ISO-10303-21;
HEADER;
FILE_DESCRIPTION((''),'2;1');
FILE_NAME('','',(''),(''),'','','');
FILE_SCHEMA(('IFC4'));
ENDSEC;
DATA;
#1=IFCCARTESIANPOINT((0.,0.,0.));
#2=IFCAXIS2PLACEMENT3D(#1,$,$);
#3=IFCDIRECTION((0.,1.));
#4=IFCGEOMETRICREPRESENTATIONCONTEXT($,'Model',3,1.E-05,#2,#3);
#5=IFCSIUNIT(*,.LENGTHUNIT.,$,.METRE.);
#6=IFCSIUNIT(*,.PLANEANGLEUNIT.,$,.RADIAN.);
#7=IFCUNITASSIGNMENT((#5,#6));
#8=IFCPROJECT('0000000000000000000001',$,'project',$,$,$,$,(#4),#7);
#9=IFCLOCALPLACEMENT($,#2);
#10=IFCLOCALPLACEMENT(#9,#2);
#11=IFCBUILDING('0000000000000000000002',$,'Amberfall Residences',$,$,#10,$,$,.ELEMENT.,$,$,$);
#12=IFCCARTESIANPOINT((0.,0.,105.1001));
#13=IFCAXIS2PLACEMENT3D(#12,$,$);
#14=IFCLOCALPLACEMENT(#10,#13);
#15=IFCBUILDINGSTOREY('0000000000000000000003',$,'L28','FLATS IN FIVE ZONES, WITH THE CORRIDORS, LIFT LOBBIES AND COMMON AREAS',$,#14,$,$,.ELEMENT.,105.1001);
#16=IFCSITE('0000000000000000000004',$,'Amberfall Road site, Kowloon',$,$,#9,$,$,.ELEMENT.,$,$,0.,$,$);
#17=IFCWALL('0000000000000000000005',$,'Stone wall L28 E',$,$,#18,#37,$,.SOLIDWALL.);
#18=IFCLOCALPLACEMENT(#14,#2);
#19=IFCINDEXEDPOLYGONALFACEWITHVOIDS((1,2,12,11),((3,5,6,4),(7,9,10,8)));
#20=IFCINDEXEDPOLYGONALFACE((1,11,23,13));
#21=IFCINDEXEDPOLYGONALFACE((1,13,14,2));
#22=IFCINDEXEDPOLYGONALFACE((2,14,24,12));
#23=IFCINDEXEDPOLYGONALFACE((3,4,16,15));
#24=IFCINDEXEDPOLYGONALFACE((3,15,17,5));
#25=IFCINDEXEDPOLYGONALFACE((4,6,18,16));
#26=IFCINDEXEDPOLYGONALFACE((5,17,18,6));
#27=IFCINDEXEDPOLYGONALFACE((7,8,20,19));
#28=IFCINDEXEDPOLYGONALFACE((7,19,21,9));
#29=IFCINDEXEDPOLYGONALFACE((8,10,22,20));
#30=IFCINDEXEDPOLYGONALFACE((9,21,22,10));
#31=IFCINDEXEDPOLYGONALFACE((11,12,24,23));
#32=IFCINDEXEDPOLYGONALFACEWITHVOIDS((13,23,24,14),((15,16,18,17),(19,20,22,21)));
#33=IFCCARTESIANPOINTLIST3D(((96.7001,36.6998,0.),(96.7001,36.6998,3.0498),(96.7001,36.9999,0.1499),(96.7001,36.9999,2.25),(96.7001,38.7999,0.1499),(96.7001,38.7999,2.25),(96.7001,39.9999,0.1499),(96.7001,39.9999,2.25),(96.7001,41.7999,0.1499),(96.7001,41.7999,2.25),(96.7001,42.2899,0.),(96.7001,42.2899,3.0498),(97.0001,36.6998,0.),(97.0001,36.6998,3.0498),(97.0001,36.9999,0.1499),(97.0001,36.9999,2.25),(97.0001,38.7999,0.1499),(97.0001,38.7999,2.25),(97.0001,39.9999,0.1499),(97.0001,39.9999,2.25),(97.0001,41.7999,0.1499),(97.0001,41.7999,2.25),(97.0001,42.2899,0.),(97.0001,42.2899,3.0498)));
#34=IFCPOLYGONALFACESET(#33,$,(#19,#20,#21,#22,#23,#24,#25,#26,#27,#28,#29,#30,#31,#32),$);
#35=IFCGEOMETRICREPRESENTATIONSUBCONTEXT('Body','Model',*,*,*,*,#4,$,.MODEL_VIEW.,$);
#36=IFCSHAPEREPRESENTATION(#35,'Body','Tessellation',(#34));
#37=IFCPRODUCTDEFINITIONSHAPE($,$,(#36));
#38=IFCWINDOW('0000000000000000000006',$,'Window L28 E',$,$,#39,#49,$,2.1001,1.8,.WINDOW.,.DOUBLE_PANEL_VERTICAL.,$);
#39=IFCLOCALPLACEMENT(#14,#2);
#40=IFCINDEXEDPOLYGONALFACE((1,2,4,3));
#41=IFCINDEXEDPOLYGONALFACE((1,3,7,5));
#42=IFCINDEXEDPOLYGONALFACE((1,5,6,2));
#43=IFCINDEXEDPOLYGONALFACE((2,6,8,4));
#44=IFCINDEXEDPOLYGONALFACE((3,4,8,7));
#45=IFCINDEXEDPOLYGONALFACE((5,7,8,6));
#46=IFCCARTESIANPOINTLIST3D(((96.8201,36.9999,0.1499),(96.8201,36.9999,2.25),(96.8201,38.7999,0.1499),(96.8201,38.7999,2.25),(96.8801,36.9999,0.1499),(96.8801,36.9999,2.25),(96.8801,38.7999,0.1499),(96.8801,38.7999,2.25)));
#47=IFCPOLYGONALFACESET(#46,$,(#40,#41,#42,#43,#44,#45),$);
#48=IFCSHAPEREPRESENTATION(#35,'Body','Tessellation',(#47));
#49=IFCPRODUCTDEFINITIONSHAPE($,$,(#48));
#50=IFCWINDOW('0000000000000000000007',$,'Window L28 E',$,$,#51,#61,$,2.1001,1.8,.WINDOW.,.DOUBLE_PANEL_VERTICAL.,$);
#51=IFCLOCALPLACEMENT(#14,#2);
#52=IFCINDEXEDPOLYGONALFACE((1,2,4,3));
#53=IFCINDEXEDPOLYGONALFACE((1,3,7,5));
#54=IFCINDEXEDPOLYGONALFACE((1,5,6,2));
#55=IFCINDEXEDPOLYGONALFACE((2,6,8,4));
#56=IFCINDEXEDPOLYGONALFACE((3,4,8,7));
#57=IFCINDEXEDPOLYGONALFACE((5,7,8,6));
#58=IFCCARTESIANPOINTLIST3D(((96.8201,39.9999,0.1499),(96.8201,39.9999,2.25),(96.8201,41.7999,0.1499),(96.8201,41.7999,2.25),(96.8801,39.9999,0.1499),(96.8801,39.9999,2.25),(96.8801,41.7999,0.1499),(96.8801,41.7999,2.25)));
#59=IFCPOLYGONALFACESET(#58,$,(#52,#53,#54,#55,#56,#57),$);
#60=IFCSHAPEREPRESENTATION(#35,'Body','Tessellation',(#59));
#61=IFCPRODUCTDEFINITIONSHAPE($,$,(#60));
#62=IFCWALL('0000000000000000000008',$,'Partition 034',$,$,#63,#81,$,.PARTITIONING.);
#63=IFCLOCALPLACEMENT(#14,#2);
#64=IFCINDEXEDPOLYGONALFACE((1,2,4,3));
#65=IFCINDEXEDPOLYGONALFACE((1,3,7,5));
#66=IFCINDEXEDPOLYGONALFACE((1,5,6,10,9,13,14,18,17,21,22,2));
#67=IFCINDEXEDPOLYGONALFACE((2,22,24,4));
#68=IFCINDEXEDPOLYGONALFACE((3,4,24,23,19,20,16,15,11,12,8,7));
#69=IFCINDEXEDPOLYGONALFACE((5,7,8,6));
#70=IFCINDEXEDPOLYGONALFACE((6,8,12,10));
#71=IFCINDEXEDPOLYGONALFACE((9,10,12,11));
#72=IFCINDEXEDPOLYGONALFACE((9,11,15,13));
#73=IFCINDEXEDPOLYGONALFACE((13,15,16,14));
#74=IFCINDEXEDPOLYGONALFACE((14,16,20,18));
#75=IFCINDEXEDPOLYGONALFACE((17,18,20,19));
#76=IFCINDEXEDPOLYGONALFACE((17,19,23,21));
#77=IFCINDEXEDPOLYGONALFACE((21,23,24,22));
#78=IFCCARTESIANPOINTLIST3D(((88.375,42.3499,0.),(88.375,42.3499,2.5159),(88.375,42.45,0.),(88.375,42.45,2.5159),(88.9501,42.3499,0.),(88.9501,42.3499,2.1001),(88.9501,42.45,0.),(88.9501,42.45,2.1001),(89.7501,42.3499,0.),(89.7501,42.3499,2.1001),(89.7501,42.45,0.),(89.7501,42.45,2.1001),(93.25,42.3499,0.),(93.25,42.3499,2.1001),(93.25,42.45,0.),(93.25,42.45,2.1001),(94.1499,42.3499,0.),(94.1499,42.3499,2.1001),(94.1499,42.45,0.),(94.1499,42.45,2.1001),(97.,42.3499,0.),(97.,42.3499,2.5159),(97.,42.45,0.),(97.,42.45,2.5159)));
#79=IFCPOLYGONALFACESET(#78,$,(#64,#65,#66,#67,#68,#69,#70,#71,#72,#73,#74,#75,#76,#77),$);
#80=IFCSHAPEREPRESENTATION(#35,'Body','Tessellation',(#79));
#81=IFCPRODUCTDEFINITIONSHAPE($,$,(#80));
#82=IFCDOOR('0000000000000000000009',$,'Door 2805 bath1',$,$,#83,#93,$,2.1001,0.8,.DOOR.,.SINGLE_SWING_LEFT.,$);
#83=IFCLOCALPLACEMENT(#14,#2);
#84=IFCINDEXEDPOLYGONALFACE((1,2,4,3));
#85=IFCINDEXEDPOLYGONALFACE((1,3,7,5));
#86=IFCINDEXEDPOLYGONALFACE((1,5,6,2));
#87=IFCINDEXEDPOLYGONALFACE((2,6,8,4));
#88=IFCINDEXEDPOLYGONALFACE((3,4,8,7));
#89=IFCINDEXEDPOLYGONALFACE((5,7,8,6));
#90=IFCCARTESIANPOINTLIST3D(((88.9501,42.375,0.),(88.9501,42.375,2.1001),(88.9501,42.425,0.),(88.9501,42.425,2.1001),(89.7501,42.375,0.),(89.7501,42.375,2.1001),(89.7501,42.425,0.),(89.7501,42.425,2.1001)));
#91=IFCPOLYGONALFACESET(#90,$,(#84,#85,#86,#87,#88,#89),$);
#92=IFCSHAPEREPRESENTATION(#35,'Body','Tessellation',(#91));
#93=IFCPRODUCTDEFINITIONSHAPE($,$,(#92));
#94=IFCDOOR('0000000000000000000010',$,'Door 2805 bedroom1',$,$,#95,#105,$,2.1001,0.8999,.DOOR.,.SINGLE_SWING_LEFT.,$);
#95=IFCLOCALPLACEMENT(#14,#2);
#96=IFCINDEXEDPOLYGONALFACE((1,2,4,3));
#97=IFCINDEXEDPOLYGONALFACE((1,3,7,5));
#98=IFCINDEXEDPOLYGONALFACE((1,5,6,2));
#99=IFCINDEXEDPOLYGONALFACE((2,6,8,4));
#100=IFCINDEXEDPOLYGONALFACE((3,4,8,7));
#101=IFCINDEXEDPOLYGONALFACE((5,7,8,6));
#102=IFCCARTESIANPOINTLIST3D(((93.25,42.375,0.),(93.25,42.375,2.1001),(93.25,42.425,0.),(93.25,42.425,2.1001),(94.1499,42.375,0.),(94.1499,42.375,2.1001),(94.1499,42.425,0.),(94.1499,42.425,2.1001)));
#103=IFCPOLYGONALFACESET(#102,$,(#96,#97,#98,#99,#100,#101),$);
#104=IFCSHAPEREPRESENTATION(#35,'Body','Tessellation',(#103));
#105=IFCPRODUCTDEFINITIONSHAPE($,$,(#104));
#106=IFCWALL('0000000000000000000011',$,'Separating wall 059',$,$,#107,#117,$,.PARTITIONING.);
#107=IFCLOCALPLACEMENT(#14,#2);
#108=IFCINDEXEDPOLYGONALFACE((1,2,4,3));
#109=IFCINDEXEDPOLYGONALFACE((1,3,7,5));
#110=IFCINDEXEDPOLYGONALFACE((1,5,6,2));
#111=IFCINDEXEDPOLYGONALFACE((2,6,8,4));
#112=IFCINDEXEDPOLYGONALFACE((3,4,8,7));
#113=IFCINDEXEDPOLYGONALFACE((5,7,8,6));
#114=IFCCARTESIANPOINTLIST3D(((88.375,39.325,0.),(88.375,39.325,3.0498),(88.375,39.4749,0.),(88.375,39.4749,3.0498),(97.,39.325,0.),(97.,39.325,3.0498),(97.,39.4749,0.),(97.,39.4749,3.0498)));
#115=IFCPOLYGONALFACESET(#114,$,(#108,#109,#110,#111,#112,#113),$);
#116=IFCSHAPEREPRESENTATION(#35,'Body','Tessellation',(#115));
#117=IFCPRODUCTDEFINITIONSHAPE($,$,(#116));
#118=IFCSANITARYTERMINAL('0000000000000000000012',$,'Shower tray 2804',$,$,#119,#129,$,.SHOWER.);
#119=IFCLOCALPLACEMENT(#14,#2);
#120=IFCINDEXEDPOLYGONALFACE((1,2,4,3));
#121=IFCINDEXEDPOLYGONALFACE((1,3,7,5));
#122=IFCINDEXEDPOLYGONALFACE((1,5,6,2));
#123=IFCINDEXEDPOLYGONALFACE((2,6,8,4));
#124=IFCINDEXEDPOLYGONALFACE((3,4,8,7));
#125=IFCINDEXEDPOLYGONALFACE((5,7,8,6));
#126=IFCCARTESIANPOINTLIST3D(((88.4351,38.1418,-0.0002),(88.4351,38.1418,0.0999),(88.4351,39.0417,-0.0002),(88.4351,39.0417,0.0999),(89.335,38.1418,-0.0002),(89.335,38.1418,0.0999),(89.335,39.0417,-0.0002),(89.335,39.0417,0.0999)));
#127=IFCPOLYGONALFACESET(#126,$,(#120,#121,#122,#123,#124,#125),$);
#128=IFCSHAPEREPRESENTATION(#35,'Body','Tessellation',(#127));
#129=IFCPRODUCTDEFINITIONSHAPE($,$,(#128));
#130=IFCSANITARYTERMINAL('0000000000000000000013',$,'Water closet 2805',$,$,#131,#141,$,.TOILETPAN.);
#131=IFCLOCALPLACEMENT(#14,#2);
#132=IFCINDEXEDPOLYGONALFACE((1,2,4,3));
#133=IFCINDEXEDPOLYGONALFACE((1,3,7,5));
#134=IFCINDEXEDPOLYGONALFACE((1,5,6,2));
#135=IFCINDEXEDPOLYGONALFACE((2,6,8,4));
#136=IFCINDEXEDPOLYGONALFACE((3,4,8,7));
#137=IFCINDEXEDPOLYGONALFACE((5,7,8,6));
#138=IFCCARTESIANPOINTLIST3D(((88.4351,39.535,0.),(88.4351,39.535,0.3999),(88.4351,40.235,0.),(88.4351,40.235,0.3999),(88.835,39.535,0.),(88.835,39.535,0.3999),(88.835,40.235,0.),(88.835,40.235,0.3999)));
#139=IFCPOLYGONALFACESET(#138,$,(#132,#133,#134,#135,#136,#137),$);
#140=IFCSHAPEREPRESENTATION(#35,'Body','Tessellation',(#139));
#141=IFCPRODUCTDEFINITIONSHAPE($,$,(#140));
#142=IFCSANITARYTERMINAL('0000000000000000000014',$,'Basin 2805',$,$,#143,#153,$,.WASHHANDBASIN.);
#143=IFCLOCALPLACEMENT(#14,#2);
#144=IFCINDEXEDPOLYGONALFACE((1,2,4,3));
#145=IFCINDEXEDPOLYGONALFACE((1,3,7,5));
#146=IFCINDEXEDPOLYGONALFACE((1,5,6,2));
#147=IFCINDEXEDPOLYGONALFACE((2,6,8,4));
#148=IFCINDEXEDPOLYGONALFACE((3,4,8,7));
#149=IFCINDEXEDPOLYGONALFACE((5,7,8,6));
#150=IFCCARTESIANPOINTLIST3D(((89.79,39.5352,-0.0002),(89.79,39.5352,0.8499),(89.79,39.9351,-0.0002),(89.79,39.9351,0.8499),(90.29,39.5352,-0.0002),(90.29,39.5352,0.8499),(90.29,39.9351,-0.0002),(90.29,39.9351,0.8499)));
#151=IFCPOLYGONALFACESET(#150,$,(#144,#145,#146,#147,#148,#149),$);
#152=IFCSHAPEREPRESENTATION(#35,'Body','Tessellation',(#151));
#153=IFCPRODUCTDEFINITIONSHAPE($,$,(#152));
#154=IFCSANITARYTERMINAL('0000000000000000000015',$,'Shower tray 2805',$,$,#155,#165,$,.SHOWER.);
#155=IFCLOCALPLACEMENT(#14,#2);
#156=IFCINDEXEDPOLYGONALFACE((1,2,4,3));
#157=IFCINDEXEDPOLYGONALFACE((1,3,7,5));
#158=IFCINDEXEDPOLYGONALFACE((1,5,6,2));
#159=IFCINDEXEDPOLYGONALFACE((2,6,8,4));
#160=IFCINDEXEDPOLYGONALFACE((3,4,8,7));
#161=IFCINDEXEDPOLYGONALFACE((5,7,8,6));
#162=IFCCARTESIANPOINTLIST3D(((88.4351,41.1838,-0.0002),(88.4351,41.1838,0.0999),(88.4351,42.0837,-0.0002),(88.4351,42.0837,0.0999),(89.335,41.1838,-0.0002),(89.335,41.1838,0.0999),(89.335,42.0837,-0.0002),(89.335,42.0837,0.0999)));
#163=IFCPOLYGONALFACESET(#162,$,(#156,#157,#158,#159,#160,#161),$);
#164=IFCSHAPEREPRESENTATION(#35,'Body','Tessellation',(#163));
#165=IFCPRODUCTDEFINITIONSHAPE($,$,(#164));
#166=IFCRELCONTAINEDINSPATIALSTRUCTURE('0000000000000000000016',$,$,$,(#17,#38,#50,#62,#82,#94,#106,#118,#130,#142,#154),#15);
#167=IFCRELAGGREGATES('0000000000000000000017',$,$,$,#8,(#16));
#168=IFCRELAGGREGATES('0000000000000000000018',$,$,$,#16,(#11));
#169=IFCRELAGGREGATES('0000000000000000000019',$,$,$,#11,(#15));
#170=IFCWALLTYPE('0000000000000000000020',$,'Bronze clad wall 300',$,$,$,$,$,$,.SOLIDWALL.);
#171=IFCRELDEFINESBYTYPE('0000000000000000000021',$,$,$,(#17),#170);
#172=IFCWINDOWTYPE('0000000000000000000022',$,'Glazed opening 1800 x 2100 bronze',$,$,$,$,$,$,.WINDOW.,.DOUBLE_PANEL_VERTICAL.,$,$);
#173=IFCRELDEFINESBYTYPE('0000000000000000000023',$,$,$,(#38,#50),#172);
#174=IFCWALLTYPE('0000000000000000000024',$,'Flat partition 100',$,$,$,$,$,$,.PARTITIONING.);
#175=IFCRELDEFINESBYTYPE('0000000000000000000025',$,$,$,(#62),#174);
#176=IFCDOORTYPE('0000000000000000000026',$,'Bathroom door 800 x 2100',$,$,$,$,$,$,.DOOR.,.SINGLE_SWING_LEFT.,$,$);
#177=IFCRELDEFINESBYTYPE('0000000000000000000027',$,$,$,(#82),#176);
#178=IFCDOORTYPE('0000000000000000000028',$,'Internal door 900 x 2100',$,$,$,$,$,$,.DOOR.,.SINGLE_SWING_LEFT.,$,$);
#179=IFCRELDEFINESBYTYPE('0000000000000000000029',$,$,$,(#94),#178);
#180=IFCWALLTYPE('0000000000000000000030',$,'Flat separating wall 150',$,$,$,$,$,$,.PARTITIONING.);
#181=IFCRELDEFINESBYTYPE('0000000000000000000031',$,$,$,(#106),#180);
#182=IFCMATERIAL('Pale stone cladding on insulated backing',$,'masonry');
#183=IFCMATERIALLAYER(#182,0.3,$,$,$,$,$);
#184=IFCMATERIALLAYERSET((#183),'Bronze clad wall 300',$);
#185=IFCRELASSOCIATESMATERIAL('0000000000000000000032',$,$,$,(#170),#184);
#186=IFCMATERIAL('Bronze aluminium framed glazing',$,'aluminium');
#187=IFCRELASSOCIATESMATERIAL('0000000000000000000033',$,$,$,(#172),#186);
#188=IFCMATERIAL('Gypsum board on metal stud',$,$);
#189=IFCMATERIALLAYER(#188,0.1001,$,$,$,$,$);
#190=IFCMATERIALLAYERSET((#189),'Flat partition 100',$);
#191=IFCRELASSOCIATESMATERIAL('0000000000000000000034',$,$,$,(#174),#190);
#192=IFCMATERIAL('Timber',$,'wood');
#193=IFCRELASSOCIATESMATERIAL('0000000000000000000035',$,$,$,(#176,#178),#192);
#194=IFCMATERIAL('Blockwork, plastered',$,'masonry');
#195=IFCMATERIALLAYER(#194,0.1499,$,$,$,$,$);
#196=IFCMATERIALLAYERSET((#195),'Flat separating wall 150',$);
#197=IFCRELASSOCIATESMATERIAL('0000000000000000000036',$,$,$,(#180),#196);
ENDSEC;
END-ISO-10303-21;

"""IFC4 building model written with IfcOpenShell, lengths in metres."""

from ifc_helpers import new_model, si_unit, direction, frame, frame_2d, origin, origin_2d, place, context, subcontext, project, spatial, rectangle, extrude, material, layer, layer_set, type_object, element, fill, save


model = new_model("IFC4")

# Units and contexts
model_context = context("Model", 3, precision=1e-05, world=origin(), true_north=direction((0.0, 1.0)))
body_context = subcontext(model_context, "Body", "Model", "MODEL_VIEW")
ifc_project = project(units=[si_unit("LENGTHUNIT", "METRE"), si_unit("PLANEANGLEUNIT", "RADIAN")], contexts=[model_context])

# Site, building, storey
site_placement = place(None, origin())
site = spatial("IfcSite", under=ifc_project, at=site_placement, Name="Amberfall Road site, Kowloon", CompositionType="ELEMENT", RefElevation=0.0)
building_placement = place(site_placement, origin())
building = spatial("IfcBuilding", under=site, at=building_placement, Name="Amberfall Residences", CompositionType="ELEMENT")
storey_placement = place(building_placement, frame((0.0, 0.0, 105.1001)))
storey = spatial("IfcBuildingStorey", under=building, at=storey_placement, Name="L28", Description="FLATS IN FIVE ZONES, WITH THE CORRIDORS, LIFT LOBBIES AND COMMON AREAS", CompositionType="ELEMENT", Elevation=105.1001)

# Shared definitions
ifc_material_1 = material(Name="Pale stone cladding on insulated backing", Category="masonry")
ifc_layer_1 = layer(ifc_material_1, 0.3)
ifc_layer_set_1 = layer_set([ifc_layer_1], Name="Bronze clad wall 300")
wall_type_1 = type_object("IfcWallType", Name="Bronze clad wall 300", PredefinedType="SOLIDWALL", material=ifc_layer_set_1)
ifc_material_2 = material(Name="Bronze aluminium framed glazing", Category="aluminium")

# Wall, openings, windows
wall_1_placement = place(storey_placement, frame((96.8501, 36.7, 0.0), z_axis=(0.0, 0.0, 1.0), x_axis=(0.0, 1.0, 0.0)))
wall_1 = element("IfcWall", 1, at=wall_1_placement, inside=storey, type_object=wall_type_1, Name="Stone wall L28 E", PredefinedType="SOLIDWALL", context=body_context, shape_type="SweptSolid", body=[
    extrude(rectangle(XDim=5.5901, YDim=0.3, at=frame_2d((2.7949, 0.0))), origin(), (0.0, 0.0, 1.0), 3.0498),
])
opening_1_placement = place(wall_1_placement, frame((0.3, 0.0, 0.1499)))
opening_1 = element("IfcOpeningElement", 2, at=opening_1_placement, cuts=wall_1, PredefinedType="OPENING", context=body_context, shape_type="SweptSolid", body=[
    extrude(rectangle(XDim=1.8, YDim=2.1001, at=frame_2d((0.8999, 1.05))), frame((0.0, 0.1599, 0.0), z_axis=(0.0, -1.0, 0.0), x_axis=(1.0, 0.0, 0.0)), (0.0, 0.0, 1.0), 0.3201),
])
opening_2_placement = place(wall_1_placement, frame((3.3, 0.0, 0.1499)))
opening_2 = element("IfcOpeningElement", 3, at=opening_2_placement, cuts=wall_1, PredefinedType="OPENING", context=body_context, shape_type="SweptSolid", body=[
    extrude(rectangle(XDim=1.8, YDim=2.1001, at=frame_2d((0.8999, 1.05))), frame((0.0, 0.1599, 0.0), z_axis=(0.0, -1.0, 0.0), x_axis=(1.0, 0.0, 0.0)), (0.0, 0.0, 1.0), 0.3201),
])
window_type_1 = type_object("IfcWindowType", Name="Glazed opening 1800 x 2100 bronze", PartitioningType="DOUBLE_PANEL_VERTICAL", PredefinedType="WINDOW", material=ifc_material_2)
window_1_placement = place(opening_1_placement, origin())
window_1 = element("IfcWindow", 4, at=window_1_placement, inside=storey, type_object=window_type_1, Name="Window L28 E", OverallHeight=2.1001, OverallWidth=1.8, PartitioningType="DOUBLE_PANEL_VERTICAL", PredefinedType="WINDOW", context=body_context, shape_type="SweptSolid", body=[
    extrude(rectangle(XDim=1.8, YDim=2.1001, at=frame_2d((0.8999, 1.05))), frame((0.0, 0.03, 0.0), z_axis=(0.0, -1.0, 0.0), x_axis=(1.0, 0.0, 0.0)), (0.0, 0.0, 1.0), 0.0601),
])
fill(opening_1, window_1)
window_2_placement = place(opening_2_placement, origin())
window_2 = element("IfcWindow", 5, at=window_2_placement, inside=storey, type_object=window_type_1, Name="Window L28 E", OverallHeight=2.1001, OverallWidth=1.8, PartitioningType="DOUBLE_PANEL_VERTICAL", PredefinedType="WINDOW", context=body_context, shape_type="SweptSolid", body=[
    extrude(rectangle(XDim=1.8, YDim=2.1001, at=frame_2d((0.8999, 1.05))), frame((0.0, 0.03, 0.0), z_axis=(0.0, -1.0, 0.0), x_axis=(1.0, 0.0, 0.0)), (0.0, 0.0, 1.0), 0.0601),
])
fill(opening_2, window_2)

# Wall, openings, doors
ifc_material_3 = material(Name="Gypsum board on metal stud")
ifc_layer_2 = layer(ifc_material_3, 0.1001)
ifc_layer_set_2 = layer_set([ifc_layer_2], Name="Flat partition 100")
wall_type_2 = type_object("IfcWallType", Name="Flat partition 100", PredefinedType="PARTITIONING", material=ifc_layer_set_2)
wall_2_placement = place(storey_placement, frame((97.0, 42.3999, 0.0), z_axis=(0.0, 0.0, 1.0), x_axis=(-1.0, 0.0, 0.0)))
wall_2 = element("IfcWall", 6, at=wall_2_placement, inside=storey, type_object=wall_type_2, Name="Partition 034", PredefinedType="PARTITIONING", context=body_context, shape_type="SweptSolid", body=[
    extrude(rectangle(XDim=8.625, YDim=0.1001, at=frame_2d((4.3125, 0.0))), origin(), (0.0, 0.0, 1.0), 2.5159),
])
opening_3_placement = place(wall_2_placement, frame((2.8501, 0.0, 0.0)))
opening_3 = element("IfcOpeningElement", 7, at=opening_3_placement, cuts=wall_2, PredefinedType="OPENING", context=body_context, shape_type="SweptSolid", body=[
    extrude(rectangle(XDim=0.8999, YDim=2.1001, at=frame_2d((0.45, 1.05))), frame((0.0, 0.0601, 0.0), z_axis=(0.0, -1.0, 0.0), x_axis=(1.0, 0.0, 0.0)), (0.0, 0.0, 1.0), 0.1201),
])
opening_4_placement = place(wall_2_placement, frame((7.25, 0.0, 0.0)))
opening_4 = element("IfcOpeningElement", 8, at=opening_4_placement, cuts=wall_2, PredefinedType="OPENING", context=body_context, shape_type="SweptSolid", body=[
    extrude(rectangle(XDim=0.8, YDim=2.1001, at=frame_2d((0.3999, 1.05))), frame((0.0, 0.0601, 0.0), z_axis=(0.0, -1.0, 0.0), x_axis=(1.0, 0.0, 0.0)), (0.0, 0.0, 1.0), 0.1201),
])
ifc_material_4 = material(Name="Timber", Category="wood")
door_type_1 = type_object("IfcDoorType", Name="Bathroom door 800 x 2100", OperationType="SINGLE_SWING_LEFT", PredefinedType="DOOR", material=ifc_material_4)
door_1_placement = place(opening_4_placement, origin())
door_1 = element("IfcDoor", 9, at=door_1_placement, inside=storey, type_object=door_type_1, Name="Door 2805 bath1", OperationType="SINGLE_SWING_LEFT", OverallHeight=2.1001, OverallWidth=0.8, PredefinedType="DOOR", context=body_context, shape_type="SweptSolid", body=[
    extrude(rectangle(XDim=0.8, YDim=2.1001, at=frame_2d((0.3999, 1.05))), frame((0.0, 0.0249, 0.0), z_axis=(0.0, -1.0, 0.0), x_axis=(1.0, 0.0, 0.0)), (0.0, 0.0, 1.0), 0.05),
])
fill(opening_4, door_1)
door_type_2 = type_object("IfcDoorType", Name="Internal door 900 x 2100", OperationType="SINGLE_SWING_LEFT", PredefinedType="DOOR", material=ifc_material_4)
door_2_placement = place(opening_3_placement, origin())
door_2 = element("IfcDoor", 10, at=door_2_placement, inside=storey, type_object=door_type_2, Name="Door 2805 bedroom1", OperationType="SINGLE_SWING_LEFT", OverallHeight=2.1001, OverallWidth=0.8999, PredefinedType="DOOR", context=body_context, shape_type="SweptSolid", body=[
    extrude(rectangle(XDim=0.8999, YDim=2.1001, at=frame_2d((0.45, 1.05))), frame((0.0, 0.0249, 0.0), z_axis=(0.0, -1.0, 0.0), x_axis=(1.0, 0.0, 0.0)), (0.0, 0.0, 1.0), 0.05),
])
fill(opening_3, door_2)

# Wall
ifc_material_5 = material(Name="Blockwork, plastered", Category="masonry")
ifc_layer_3 = layer(ifc_material_5, 0.1499)
ifc_layer_set_3 = layer_set([ifc_layer_3], Name="Flat separating wall 150")
wall_type_3 = type_object("IfcWallType", Name="Flat separating wall 150", PredefinedType="PARTITIONING", material=ifc_layer_set_3)
wall_3_placement = place(storey_placement, frame((88.375, 39.3999, 0.0), z_axis=(0.0, 0.0, 1.0), x_axis=(1.0, 0.0, 0.0)))
element("IfcWall", 11, at=wall_3_placement, inside=storey, type_object=wall_type_3, Name="Separating wall 059", PredefinedType="PARTITIONING", context=body_context, shape_type="SweptSolid", body=[
    extrude(rectangle(XDim=8.625, YDim=0.1499, at=frame_2d((4.3125, 0.0))), origin(), (0.0, 0.0, 1.0), 3.0498),
])

# Sanitary terminals
sanitary_terminal_1_placement = place(storey_placement, frame((88.885, 38.5918, -0.0002), z_axis=(0.0, 0.0, 1.0), x_axis=(1.0, 0.0, 0.0)))
element("IfcSanitaryTerminal", 12, at=sanitary_terminal_1_placement, inside=storey, Name="Shower tray 2804", PredefinedType="SHOWER", context=body_context, shape_type="SweptSolid", body=[
    extrude(rectangle(XDim=0.8999, YDim=0.8999, at=origin_2d()), origin(), (0.0, 0.0, 1.0), 0.1001),
])
sanitary_terminal_2_placement = place(storey_placement, frame((88.635, 39.885, 0.0), z_axis=(0.0, 0.0, 1.0), x_axis=(1.0, 0.0, 0.0)))
element("IfcSanitaryTerminal", 13, at=sanitary_terminal_2_placement, inside=storey, Name="Water closet 2805", PredefinedType="TOILETPAN", context=body_context, shape_type="SweptSolid", body=[
    extrude(rectangle(XDim=0.3999, YDim=0.7, at=origin_2d()), origin(), (0.0, 0.0, 1.0), 0.3999),
])
sanitary_terminal_3_placement = place(storey_placement, frame((90.04, 39.7351, -0.0002), z_axis=(0.0, 0.0, 1.0), x_axis=(1.0, 0.0, 0.0)))
element("IfcSanitaryTerminal", 14, at=sanitary_terminal_3_placement, inside=storey, Name="Basin 2805", PredefinedType="WASHHANDBASIN", context=body_context, shape_type="SweptSolid", body=[
    extrude(rectangle(XDim=0.5, YDim=0.3999, at=origin_2d()), origin(), (0.0, 0.0, 1.0), 0.8501),
])
sanitary_terminal_4_placement = place(storey_placement, frame((88.885, 41.6338, -0.0002), z_axis=(0.0, 0.0, 1.0), x_axis=(1.0, 0.0, 0.0)))
element("IfcSanitaryTerminal", 15, at=sanitary_terminal_4_placement, inside=storey, Name="Shower tray 2805", PredefinedType="SHOWER", context=body_context, shape_type="SweptSolid", body=[
    extrude(rectangle(XDim=0.8999, YDim=0.8999, at=origin_2d()), origin(), (0.0, 0.0, 1.0), 0.1001),
])

save(model, "model.ifc")
